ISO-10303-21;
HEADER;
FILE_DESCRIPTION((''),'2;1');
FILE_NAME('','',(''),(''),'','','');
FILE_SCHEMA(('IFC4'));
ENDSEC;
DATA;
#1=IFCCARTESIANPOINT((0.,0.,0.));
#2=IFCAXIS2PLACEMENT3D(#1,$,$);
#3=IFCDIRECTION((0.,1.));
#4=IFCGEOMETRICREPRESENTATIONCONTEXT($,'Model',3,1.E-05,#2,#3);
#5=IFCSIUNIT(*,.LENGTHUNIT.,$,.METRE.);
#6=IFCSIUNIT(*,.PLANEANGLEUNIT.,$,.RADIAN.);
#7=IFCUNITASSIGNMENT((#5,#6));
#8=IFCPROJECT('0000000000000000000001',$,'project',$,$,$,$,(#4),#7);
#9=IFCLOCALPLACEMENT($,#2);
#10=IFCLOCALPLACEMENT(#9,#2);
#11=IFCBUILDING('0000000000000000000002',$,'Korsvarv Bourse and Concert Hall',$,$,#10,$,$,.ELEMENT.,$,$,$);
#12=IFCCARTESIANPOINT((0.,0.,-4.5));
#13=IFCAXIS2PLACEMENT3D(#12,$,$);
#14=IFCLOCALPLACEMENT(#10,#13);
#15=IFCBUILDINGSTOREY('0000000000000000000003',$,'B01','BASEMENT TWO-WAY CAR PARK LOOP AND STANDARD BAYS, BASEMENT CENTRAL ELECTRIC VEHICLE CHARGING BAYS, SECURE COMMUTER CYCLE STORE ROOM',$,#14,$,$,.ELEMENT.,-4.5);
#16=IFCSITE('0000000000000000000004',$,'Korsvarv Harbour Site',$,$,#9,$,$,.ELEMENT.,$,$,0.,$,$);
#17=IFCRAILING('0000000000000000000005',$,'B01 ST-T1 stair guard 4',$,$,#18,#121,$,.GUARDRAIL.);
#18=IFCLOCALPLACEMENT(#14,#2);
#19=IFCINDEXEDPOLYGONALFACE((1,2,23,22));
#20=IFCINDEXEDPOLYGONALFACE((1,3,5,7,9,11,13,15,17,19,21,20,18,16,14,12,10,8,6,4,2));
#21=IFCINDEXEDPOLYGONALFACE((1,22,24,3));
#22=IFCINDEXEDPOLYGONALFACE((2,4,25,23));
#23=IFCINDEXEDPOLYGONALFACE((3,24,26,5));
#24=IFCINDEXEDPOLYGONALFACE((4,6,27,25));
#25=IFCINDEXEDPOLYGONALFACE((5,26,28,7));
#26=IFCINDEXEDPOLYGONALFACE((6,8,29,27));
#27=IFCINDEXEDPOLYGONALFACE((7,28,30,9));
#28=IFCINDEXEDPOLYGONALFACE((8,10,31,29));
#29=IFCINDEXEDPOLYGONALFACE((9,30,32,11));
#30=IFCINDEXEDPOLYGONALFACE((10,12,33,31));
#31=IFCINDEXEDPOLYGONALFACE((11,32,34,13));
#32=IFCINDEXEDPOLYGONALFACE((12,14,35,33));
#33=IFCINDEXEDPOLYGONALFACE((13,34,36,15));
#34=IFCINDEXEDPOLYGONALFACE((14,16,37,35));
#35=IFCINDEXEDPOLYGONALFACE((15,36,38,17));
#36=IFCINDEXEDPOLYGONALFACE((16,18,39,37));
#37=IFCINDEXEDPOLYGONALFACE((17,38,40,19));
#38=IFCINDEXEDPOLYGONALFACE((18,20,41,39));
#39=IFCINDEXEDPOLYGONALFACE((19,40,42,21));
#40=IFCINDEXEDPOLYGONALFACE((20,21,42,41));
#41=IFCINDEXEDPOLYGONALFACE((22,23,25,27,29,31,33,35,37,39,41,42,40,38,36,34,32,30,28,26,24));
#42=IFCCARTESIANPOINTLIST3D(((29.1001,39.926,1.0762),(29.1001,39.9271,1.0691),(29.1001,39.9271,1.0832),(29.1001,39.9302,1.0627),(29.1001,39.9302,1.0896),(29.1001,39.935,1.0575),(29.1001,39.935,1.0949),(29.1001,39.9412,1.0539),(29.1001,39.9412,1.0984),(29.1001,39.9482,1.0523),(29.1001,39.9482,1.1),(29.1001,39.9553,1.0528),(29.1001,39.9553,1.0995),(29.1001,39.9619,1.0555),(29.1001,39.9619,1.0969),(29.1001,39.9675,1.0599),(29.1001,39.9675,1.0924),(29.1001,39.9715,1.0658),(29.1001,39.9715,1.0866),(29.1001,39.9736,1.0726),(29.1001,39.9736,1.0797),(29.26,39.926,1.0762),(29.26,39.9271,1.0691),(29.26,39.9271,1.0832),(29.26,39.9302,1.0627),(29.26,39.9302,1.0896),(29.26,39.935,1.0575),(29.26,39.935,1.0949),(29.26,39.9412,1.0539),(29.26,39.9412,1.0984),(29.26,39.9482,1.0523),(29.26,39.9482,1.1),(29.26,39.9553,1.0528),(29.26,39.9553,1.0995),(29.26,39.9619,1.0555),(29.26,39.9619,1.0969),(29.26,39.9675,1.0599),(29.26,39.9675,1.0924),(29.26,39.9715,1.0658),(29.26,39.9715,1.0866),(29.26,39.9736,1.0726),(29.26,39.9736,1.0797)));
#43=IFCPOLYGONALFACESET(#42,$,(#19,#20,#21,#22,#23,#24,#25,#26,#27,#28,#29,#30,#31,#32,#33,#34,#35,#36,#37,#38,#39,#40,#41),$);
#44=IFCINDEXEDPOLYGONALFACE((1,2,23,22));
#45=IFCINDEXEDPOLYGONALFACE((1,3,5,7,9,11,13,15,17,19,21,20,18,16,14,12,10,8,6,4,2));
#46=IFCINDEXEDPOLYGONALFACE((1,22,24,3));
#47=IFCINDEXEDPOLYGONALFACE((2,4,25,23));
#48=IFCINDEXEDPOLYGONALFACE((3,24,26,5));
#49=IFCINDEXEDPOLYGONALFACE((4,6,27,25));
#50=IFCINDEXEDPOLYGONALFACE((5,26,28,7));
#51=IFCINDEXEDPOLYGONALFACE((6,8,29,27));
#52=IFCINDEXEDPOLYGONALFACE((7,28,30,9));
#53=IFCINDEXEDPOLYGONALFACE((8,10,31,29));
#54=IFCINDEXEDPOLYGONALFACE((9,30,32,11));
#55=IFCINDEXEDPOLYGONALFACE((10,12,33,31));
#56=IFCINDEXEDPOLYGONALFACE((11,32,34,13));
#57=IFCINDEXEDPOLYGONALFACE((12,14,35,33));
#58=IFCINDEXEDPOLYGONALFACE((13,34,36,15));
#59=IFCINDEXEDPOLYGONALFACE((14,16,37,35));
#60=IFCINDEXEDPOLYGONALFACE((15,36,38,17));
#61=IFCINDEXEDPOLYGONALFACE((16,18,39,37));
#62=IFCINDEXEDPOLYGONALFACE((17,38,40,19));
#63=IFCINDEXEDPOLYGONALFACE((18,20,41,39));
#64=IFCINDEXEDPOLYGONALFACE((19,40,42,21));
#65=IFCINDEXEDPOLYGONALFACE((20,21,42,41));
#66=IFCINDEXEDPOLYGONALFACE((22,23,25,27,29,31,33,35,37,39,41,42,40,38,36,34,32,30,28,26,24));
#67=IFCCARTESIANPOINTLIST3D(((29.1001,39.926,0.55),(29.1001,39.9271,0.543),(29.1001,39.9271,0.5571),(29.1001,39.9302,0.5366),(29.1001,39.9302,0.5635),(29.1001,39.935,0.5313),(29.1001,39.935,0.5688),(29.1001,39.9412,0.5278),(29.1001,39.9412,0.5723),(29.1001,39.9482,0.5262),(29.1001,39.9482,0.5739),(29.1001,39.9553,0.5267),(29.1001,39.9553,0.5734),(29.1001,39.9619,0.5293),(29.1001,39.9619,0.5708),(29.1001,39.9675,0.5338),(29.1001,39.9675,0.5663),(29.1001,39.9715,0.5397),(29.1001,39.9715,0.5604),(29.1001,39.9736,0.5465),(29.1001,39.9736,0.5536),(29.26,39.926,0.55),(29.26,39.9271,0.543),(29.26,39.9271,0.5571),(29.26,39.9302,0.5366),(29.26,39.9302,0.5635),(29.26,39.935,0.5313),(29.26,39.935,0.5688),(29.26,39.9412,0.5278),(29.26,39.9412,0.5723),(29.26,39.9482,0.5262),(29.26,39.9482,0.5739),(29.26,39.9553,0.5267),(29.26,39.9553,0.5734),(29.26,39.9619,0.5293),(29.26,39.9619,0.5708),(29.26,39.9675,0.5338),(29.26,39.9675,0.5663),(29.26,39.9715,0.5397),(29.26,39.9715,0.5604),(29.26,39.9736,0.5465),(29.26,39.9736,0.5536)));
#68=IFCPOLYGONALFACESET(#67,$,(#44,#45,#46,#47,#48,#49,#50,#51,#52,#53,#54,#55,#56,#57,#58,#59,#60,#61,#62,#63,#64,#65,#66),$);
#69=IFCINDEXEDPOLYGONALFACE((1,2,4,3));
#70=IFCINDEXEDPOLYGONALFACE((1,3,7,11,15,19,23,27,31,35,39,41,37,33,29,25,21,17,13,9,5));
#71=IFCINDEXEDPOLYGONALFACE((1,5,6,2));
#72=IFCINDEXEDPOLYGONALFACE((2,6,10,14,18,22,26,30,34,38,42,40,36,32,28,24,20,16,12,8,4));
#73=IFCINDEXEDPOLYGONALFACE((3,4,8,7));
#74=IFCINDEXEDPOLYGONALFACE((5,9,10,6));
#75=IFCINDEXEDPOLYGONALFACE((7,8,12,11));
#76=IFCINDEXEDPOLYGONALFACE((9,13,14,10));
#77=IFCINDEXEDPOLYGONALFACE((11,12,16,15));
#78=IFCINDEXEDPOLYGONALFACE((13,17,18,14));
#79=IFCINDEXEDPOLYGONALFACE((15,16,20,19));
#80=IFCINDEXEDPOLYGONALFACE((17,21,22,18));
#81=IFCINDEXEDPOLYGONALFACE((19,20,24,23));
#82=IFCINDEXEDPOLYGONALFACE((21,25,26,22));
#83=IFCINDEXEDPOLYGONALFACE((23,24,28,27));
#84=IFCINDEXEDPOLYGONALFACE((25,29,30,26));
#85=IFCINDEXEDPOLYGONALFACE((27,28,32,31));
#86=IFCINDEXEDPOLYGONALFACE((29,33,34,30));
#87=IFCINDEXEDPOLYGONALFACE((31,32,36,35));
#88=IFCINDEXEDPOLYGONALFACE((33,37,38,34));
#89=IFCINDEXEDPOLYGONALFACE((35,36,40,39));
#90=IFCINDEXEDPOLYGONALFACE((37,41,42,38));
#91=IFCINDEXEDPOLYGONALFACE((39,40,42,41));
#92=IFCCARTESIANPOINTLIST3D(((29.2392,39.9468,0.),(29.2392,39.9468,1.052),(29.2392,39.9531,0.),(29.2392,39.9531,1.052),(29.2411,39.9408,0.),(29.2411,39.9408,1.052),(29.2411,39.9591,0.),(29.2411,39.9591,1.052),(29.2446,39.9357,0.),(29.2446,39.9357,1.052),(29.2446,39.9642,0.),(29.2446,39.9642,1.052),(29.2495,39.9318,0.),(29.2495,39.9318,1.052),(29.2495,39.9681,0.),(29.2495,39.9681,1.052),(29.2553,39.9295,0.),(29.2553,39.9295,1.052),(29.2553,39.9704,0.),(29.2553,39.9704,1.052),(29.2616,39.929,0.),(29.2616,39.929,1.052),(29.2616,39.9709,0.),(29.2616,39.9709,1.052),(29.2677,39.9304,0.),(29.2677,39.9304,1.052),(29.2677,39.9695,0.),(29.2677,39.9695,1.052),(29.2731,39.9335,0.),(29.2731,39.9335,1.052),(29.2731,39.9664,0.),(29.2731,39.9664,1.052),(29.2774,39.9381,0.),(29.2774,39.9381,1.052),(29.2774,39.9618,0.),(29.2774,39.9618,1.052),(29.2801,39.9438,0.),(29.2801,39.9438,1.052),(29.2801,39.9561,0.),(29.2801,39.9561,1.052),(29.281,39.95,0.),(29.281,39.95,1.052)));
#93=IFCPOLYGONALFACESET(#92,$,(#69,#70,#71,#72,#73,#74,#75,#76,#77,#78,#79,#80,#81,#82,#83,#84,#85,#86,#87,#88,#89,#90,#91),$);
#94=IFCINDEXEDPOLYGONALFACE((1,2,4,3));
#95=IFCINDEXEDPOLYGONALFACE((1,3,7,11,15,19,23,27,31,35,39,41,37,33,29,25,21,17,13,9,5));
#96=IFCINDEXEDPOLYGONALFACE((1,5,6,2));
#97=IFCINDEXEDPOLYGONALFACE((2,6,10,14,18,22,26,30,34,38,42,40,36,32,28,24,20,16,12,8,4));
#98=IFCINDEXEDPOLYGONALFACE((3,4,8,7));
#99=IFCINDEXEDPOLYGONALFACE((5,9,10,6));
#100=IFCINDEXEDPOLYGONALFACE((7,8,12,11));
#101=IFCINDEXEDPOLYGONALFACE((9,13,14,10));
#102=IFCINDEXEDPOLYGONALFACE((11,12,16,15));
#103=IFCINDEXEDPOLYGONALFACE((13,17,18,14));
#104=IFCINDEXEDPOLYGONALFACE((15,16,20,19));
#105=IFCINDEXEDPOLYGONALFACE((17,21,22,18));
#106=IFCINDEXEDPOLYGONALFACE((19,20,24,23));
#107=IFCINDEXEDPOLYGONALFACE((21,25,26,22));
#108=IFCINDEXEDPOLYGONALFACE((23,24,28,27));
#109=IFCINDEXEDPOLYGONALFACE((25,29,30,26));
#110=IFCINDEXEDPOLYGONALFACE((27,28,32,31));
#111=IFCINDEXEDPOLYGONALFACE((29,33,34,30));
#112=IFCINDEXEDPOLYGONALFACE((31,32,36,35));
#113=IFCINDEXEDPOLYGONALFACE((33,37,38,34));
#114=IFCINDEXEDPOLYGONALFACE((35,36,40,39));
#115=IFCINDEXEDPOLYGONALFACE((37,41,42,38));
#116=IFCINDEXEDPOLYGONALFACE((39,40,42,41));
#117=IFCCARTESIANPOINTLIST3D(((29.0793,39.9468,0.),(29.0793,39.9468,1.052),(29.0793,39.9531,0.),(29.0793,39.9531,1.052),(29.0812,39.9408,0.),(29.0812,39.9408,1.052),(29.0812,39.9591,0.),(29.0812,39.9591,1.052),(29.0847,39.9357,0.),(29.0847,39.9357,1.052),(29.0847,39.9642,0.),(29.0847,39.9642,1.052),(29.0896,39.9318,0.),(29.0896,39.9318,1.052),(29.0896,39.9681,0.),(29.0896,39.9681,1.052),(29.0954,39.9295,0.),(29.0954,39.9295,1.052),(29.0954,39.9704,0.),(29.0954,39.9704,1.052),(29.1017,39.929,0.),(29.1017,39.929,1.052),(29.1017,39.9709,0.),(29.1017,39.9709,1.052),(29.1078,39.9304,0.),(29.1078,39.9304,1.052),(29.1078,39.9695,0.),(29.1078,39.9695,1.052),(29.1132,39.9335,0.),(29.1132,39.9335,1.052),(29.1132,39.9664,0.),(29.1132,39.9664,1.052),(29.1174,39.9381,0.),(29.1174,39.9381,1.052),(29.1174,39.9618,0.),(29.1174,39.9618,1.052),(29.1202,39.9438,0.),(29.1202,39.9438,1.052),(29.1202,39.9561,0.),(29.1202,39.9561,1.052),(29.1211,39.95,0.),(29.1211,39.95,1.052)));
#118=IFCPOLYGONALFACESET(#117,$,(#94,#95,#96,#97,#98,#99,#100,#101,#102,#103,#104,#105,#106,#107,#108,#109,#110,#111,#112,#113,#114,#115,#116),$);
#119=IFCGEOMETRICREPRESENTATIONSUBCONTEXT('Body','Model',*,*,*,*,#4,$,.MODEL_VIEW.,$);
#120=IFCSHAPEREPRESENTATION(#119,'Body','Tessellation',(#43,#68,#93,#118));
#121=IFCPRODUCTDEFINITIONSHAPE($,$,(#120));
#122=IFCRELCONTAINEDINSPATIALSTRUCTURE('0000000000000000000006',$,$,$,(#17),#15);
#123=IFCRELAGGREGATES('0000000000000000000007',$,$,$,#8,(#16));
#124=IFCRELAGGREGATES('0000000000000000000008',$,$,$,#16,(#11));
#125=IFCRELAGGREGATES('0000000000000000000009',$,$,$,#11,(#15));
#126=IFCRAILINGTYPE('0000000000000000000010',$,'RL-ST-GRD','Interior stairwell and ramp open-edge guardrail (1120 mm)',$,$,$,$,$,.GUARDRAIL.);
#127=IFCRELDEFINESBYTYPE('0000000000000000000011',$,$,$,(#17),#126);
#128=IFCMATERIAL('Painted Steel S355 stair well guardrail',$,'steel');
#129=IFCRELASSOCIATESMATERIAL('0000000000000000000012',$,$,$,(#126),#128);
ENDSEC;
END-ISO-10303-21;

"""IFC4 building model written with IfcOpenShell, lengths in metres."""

from ifc_helpers import new_model, si_unit, direction, frame, origin, origin_2d, place, context, subcontext, project, spatial, circle, extrude, material, type_object, element, save


model = new_model("IFC4")

# Units and contexts
model_context = context("Model", 3, precision=1e-05, world=origin(), true_north=direction((0.0, 1.0)))
body_context = subcontext(model_context, "Body", "Model", "MODEL_VIEW")
ifc_project = project(units=[si_unit("LENGTHUNIT", "METRE"), si_unit("PLANEANGLEUNIT", "RADIAN")], contexts=[model_context])

# Site, building, storey
site_placement = place(None, origin())
site = spatial("IfcSite", under=ifc_project, at=site_placement, Name="Korsvarv Harbour Site", CompositionType="ELEMENT", RefElevation=0.0)
building_placement = place(site_placement, origin())
building = spatial("IfcBuilding", under=site, at=building_placement, Name="Korsvarv Bourse and Concert Hall", CompositionType="ELEMENT")
storey_placement = place(building_placement, frame((0.0, 0.0, -4.5)))
storey = spatial("IfcBuildingStorey", under=building, at=storey_placement, Name="B01", Description="BASEMENT TWO-WAY CAR PARK LOOP AND STANDARD BAYS, BASEMENT CENTRAL ELECTRIC VEHICLE CHARGING BAYS, SECURE COMMUTER CYCLE STORE ROOM", CompositionType="ELEMENT", Elevation=-4.5)

# Railing
ifc_material_1 = material(Name="Painted Steel S355 stair well guardrail", Category="steel")
railing_type_1 = type_object("IfcRailingType", Name="RL-ST-GRD", Description="Interior stairwell and ramp open-edge guardrail (1120 mm)", PredefinedType="GUARDRAIL", material=ifc_material_1)
railing_1_placement = place(storey_placement, frame((29.26, 39.95, 0.0)))
element("IfcRailing", 1, at=railing_1_placement, inside=storey, type_object=railing_type_1, Name="B01 ST-T1 stair guard 4", PredefinedType="GUARDRAIL", context=body_context, shape_type="SweptSolid", body=[
    extrude(circle(Radius=0.0239, at=origin_2d()), frame((0.0, 0.0, 1.0762), z_axis=(-1.0, 0.0, 0.0), x_axis=(0.0, -1.0, 0.0)), (0.0, 0.0, 1.0), 0.1599),
    extrude(circle(Radius=0.0239, at=origin_2d()), frame((0.0, 0.0, 0.55), z_axis=(-1.0, 0.0, 0.0), x_axis=(0.0, -1.0, 0.0)), (0.0, 0.0, 1.0), 0.1599),
    extrude(circle(Radius=0.021, at=origin_2d()), origin(), (0.0, 0.0, 1.0), 1.052),
    extrude(circle(Radius=0.021, at=origin_2d()), frame((-0.1599, 0.0, 0.0)), (0.0, 0.0, 1.0), 1.052),
])

save(model, "model.ifc")
